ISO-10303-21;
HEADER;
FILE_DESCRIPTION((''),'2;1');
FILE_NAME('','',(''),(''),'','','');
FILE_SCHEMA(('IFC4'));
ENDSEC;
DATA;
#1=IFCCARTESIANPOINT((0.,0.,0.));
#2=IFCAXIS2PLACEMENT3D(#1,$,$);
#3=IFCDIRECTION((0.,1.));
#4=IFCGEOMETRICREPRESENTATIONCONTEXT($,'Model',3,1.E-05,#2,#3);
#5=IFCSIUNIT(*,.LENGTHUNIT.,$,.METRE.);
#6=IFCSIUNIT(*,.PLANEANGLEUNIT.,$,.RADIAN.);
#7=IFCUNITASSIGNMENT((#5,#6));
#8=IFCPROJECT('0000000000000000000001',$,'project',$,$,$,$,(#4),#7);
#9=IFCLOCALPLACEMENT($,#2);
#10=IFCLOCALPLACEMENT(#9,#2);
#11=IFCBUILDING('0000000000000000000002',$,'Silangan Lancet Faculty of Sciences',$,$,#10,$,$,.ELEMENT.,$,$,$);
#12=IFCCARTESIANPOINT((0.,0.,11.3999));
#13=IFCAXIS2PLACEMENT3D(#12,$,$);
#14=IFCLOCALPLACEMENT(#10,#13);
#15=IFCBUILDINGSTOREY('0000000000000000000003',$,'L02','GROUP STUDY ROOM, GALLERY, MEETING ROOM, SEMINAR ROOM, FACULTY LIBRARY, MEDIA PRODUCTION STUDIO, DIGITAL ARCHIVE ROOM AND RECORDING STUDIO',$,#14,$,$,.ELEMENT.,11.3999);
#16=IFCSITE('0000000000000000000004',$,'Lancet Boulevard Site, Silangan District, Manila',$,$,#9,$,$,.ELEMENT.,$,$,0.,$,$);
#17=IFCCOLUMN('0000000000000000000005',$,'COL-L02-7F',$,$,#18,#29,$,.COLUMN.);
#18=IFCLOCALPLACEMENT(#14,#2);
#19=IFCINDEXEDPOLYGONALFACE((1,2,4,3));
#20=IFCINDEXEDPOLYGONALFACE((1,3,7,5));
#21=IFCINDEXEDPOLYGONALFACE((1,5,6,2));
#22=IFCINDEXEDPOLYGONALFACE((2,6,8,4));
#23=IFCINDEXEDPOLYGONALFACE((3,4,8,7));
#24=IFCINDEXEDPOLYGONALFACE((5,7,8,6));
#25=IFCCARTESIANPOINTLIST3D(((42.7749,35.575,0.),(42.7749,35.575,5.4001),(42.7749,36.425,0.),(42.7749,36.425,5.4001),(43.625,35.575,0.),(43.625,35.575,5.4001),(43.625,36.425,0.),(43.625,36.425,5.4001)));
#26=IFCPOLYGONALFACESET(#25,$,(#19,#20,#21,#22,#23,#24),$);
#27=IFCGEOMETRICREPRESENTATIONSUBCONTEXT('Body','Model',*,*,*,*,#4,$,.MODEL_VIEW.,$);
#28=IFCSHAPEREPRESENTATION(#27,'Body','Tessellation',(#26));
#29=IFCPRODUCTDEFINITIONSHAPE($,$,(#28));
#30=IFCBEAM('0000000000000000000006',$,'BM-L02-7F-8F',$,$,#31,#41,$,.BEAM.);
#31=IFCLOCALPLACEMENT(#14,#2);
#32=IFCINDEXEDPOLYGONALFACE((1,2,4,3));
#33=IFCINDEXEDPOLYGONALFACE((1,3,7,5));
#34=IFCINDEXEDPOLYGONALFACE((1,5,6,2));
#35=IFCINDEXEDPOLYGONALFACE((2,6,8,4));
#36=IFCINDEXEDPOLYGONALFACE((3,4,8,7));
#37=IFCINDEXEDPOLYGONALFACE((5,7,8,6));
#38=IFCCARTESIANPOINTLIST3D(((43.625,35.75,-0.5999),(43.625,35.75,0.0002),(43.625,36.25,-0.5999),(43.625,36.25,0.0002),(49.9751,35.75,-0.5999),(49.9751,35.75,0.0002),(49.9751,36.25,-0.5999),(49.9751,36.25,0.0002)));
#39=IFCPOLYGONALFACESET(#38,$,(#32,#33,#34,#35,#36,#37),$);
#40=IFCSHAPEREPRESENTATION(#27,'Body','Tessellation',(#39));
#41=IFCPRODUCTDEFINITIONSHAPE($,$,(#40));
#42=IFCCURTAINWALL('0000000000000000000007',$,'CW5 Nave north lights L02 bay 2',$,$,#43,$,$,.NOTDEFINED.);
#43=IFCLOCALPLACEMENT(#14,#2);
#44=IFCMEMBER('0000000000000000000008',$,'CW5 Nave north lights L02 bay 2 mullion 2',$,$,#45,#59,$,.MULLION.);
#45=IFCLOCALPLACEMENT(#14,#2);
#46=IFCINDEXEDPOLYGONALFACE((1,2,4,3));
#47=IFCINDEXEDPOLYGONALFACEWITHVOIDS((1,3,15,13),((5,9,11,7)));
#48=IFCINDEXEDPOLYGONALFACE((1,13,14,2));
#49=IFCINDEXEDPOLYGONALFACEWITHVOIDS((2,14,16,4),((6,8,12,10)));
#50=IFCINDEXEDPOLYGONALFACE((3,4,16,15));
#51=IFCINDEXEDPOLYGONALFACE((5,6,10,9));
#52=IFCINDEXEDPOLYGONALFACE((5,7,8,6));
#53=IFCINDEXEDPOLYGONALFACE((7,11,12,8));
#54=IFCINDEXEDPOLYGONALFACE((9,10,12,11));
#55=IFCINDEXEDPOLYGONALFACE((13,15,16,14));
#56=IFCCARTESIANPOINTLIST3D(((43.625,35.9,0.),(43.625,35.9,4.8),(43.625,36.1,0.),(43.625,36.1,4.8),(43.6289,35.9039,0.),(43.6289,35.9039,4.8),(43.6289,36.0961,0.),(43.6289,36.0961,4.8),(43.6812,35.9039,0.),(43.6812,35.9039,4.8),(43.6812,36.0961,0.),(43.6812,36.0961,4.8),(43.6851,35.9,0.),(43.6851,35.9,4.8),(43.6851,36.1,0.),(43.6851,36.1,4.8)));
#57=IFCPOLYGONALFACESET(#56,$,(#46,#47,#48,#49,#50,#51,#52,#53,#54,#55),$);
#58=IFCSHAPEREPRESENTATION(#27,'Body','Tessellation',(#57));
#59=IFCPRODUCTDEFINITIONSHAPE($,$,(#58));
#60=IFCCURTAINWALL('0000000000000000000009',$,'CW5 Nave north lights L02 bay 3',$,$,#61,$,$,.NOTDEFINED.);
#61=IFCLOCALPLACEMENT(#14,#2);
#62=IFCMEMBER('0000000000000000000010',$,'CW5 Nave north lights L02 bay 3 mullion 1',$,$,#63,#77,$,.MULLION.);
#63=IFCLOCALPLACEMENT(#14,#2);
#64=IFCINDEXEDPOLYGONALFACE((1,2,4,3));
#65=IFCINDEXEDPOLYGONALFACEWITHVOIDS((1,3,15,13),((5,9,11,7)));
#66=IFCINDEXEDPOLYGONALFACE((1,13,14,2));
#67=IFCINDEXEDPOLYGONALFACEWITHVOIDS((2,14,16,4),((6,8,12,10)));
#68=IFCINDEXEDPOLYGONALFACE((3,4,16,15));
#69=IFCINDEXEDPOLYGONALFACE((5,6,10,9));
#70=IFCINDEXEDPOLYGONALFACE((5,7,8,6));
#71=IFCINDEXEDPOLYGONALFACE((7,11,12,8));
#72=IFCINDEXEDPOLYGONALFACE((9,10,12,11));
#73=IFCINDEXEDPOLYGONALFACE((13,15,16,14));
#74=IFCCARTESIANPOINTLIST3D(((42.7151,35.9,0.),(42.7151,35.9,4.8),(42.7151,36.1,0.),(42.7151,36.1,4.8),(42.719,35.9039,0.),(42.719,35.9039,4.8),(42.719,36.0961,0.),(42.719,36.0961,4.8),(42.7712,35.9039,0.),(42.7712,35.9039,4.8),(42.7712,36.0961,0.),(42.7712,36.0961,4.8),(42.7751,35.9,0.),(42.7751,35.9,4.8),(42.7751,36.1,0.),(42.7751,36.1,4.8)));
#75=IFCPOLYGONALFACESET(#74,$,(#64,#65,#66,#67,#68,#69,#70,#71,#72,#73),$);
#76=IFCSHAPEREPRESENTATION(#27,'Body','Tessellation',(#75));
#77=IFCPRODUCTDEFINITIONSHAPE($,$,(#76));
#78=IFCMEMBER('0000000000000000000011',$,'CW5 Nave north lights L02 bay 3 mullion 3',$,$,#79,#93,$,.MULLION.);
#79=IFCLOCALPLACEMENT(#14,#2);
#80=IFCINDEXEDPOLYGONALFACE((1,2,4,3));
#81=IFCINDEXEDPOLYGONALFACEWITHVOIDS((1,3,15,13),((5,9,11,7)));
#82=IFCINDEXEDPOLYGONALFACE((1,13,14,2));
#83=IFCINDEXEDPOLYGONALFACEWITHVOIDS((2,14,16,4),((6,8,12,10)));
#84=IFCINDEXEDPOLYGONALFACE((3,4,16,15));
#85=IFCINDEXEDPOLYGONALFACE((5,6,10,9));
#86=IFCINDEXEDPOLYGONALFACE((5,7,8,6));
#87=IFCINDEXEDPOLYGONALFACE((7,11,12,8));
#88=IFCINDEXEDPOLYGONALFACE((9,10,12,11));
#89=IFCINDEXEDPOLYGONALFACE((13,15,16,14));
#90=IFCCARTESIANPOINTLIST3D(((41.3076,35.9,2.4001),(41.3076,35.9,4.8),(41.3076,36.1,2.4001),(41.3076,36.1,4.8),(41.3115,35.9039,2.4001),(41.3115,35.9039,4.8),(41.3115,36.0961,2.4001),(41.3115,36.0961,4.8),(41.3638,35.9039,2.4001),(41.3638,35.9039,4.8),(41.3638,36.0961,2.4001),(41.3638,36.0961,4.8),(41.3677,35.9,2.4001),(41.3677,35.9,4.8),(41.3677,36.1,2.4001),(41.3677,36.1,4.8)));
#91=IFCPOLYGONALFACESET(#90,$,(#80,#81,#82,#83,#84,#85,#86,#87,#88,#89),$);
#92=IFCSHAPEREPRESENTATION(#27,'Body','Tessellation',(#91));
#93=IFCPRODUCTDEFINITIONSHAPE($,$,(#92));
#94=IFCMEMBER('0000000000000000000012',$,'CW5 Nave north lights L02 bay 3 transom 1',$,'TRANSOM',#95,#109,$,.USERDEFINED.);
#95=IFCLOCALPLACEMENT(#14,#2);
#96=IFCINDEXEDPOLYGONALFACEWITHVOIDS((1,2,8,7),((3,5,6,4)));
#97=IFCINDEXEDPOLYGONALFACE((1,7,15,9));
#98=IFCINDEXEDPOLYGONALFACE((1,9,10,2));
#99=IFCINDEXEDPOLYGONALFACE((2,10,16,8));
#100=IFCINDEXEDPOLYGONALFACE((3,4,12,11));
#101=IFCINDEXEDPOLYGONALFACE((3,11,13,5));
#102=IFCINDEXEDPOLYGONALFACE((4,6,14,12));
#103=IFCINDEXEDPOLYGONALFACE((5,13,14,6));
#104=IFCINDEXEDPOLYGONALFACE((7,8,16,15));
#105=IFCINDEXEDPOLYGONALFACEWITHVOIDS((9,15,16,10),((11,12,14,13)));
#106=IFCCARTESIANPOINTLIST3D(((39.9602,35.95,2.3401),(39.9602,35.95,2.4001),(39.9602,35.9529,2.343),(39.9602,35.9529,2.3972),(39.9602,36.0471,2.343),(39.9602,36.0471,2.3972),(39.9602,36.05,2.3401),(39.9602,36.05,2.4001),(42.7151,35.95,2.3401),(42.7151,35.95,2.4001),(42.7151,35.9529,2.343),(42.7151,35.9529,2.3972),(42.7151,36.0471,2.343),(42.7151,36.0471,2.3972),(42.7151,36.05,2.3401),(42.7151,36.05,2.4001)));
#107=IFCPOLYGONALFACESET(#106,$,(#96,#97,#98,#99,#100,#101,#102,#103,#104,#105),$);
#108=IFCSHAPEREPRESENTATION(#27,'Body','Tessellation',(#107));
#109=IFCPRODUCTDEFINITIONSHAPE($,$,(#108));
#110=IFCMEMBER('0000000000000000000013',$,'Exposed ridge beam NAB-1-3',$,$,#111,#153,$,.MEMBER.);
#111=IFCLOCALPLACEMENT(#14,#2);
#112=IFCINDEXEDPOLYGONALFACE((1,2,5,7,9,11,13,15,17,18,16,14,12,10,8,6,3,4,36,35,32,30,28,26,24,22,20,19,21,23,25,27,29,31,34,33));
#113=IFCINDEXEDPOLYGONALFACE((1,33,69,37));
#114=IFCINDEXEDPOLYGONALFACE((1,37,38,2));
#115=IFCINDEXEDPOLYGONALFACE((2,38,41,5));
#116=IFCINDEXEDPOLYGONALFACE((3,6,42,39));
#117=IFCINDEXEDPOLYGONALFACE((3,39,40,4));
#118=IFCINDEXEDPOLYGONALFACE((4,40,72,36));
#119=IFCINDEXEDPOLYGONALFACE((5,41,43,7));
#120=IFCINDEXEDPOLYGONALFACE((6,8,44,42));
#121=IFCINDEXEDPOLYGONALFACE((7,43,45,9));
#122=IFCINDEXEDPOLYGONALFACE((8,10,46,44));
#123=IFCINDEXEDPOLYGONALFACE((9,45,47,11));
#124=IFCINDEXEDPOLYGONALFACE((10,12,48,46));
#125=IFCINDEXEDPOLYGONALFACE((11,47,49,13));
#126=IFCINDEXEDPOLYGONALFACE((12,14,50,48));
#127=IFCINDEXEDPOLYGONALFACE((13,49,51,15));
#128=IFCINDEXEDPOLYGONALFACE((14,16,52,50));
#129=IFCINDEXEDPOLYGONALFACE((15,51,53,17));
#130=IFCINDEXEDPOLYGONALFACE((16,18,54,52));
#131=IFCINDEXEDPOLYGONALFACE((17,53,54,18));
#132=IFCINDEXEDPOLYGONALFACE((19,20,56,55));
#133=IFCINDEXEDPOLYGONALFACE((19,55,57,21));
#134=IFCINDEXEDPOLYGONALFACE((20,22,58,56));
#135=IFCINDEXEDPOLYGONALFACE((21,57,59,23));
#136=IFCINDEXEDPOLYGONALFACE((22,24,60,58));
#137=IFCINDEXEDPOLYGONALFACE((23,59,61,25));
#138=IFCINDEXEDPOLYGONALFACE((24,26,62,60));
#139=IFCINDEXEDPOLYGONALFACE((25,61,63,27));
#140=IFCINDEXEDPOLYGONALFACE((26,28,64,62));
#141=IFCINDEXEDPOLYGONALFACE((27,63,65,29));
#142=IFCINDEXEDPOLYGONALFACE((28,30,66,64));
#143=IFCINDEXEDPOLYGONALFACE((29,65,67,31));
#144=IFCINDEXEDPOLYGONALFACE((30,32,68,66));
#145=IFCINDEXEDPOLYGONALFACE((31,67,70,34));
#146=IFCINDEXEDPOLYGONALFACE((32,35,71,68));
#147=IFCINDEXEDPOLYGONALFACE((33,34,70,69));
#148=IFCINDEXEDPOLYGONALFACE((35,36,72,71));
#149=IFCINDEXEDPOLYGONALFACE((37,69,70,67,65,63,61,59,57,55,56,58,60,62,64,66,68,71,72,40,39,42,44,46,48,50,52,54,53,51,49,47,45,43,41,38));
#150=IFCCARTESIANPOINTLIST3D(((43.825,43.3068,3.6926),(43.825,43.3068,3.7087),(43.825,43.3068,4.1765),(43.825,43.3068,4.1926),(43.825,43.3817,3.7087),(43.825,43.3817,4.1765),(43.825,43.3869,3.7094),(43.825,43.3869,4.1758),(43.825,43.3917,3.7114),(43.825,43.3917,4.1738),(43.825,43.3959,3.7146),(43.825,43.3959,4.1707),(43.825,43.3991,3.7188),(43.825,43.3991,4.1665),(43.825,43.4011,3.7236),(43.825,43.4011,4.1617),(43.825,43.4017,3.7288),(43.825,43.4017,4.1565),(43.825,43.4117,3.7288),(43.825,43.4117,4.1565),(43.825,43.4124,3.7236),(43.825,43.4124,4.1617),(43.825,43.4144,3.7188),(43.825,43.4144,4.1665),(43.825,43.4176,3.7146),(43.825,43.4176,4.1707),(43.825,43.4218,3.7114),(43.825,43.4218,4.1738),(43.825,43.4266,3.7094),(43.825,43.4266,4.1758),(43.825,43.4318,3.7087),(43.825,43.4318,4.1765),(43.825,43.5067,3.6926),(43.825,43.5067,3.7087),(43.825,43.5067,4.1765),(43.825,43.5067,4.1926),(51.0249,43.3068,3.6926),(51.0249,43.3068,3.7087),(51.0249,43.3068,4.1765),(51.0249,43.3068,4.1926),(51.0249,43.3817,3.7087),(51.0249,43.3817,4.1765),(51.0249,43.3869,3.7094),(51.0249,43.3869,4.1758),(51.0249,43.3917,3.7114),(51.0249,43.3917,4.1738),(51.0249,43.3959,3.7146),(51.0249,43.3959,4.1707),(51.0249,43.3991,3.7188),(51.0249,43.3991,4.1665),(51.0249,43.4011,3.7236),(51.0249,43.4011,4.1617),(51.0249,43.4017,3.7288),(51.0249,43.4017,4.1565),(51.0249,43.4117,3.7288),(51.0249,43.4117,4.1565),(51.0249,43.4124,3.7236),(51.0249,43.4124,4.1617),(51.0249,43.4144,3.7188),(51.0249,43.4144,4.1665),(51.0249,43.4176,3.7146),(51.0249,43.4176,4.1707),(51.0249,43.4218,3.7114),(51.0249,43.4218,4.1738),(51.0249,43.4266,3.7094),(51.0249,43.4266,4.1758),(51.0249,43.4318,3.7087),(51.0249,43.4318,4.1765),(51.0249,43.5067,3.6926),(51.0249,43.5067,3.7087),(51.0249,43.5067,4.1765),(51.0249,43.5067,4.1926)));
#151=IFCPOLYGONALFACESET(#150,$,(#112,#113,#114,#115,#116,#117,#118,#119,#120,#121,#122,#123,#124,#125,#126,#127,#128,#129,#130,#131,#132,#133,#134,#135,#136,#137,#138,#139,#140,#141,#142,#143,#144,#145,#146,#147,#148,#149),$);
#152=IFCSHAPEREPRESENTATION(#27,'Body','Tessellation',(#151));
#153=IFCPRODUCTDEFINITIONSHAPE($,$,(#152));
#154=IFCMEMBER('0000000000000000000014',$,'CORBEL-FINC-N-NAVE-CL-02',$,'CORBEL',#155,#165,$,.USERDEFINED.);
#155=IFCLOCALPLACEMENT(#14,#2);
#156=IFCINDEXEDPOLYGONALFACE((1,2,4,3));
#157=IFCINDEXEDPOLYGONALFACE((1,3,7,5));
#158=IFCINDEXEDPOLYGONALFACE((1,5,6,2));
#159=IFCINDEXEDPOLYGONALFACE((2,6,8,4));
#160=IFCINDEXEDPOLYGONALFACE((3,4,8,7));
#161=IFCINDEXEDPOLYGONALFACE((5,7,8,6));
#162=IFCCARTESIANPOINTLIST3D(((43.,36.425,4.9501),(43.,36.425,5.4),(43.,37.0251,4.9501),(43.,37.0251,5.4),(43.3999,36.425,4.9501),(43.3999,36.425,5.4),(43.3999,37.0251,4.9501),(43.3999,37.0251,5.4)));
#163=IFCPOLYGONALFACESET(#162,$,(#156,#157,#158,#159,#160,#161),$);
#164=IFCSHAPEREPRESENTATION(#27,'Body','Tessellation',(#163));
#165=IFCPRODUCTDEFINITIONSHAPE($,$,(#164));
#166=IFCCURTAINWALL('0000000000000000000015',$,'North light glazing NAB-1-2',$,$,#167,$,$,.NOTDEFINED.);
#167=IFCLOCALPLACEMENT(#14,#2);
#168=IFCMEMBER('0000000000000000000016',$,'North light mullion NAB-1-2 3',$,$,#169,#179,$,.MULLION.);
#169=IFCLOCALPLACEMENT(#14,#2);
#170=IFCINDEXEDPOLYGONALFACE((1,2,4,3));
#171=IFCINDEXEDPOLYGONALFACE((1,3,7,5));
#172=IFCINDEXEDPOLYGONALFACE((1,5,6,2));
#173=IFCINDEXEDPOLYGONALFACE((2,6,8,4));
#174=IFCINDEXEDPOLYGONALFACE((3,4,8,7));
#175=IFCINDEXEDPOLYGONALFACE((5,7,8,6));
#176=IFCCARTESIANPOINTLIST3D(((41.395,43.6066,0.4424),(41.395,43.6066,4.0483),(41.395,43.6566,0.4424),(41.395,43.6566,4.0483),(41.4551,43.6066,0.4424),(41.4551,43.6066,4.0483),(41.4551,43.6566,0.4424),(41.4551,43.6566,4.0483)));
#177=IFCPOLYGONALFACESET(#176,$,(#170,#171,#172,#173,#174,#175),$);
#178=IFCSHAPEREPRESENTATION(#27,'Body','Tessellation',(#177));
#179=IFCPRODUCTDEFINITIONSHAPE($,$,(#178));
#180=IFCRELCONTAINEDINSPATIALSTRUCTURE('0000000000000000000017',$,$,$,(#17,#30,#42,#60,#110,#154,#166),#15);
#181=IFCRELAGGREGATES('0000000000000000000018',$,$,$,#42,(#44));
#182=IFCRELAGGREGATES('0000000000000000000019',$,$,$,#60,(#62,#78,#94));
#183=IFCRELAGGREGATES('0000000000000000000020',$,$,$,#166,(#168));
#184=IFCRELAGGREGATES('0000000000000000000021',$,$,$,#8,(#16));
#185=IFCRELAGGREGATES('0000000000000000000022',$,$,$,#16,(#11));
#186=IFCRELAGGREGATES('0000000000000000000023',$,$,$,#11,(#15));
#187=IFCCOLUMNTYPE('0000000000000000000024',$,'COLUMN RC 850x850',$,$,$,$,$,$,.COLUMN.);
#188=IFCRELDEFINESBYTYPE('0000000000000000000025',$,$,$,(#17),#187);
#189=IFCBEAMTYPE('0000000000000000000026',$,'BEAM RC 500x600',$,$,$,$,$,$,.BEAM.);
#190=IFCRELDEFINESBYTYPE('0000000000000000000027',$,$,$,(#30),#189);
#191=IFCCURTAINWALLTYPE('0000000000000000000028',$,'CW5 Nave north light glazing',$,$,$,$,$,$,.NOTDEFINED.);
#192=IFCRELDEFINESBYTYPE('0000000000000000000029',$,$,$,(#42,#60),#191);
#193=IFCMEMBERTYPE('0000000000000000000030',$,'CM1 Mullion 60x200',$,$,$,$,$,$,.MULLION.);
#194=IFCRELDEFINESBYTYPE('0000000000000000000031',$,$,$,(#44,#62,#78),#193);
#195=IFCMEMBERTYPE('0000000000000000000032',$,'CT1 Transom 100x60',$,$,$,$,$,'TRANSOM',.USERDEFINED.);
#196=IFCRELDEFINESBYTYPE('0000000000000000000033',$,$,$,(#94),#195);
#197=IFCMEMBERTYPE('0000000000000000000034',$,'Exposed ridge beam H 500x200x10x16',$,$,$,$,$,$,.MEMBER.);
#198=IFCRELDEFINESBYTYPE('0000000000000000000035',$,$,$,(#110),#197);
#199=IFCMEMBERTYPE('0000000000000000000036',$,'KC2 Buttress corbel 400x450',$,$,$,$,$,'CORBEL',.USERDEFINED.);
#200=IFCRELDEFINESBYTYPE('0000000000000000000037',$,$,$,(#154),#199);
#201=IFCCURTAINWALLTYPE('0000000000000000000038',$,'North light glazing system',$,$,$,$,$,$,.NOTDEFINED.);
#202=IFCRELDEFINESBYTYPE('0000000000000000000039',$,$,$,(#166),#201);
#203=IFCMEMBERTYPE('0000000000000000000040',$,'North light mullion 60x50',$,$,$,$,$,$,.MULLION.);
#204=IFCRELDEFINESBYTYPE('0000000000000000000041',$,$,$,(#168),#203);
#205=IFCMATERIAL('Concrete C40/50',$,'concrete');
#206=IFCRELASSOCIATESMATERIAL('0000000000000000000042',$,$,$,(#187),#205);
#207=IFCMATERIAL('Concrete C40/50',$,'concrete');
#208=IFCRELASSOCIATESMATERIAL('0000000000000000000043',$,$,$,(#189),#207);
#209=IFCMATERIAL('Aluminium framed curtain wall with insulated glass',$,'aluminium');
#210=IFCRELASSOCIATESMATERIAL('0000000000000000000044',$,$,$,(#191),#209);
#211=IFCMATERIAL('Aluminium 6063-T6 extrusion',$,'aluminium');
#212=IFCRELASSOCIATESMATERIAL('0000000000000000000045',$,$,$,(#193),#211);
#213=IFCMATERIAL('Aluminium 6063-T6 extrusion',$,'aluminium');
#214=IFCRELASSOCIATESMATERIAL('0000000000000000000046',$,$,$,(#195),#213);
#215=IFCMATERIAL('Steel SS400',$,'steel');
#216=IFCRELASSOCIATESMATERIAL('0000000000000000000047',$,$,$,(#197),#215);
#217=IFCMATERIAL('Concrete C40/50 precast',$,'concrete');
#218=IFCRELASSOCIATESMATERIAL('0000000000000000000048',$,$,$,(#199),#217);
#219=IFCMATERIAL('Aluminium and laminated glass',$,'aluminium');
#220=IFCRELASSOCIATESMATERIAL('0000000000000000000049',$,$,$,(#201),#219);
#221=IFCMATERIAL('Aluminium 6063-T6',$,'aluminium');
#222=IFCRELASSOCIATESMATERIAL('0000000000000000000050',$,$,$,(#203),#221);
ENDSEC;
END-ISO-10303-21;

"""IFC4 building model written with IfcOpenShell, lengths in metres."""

from ifc_helpers import new_model, si_unit, direction, frame, origin, origin_2d, place, context, subcontext, project, spatial, rectangle, hollow_rectangle, i_section, extrude, material, material_profile, profile_set, type_object, element, aggregate, save


model = new_model("IFC4")

# Units and contexts
model_context = context("Model", 3, precision=1e-05, world=origin(), true_north=direction((0.0, 1.0)))
body_context = subcontext(model_context, "Body", "Model", "MODEL_VIEW")
ifc_project = project(units=[si_unit("LENGTHUNIT", "METRE"), si_unit("PLANEANGLEUNIT", "RADIAN")], contexts=[model_context])

# Site, building, storey
site_placement = place(None, origin())
site = spatial("IfcSite", under=ifc_project, at=site_placement, Name="Lancet Boulevard Site, Silangan District, Manila", CompositionType="ELEMENT", RefElevation=0.0)
building_placement = place(site_placement, origin())
building = spatial("IfcBuilding", under=site, at=building_placement, Name="Silangan Lancet Faculty of Sciences", CompositionType="ELEMENT")
storey_placement = place(building_placement, frame((0.0, 0.0, 11.3999)))
storey = spatial("IfcBuildingStorey", under=building, at=storey_placement, Name="L02", Description="GROUP STUDY ROOM, GALLERY, MEETING ROOM, SEMINAR ROOM, FACULTY LIBRARY, MEDIA PRODUCTION STUDIO, DIGITAL ARCHIVE ROOM AND RECORDING STUDIO", CompositionType="ELEMENT", Elevation=11.3999)

# Column
ifc_material_1 = material(Name="Concrete C40/50", Category="concrete")
ifc_material_profile_1 = material_profile(ifc_material_1, rectangle(XDim=0.8501, YDim=0.8501, at=origin_2d()), Name="RC 850x850")
ifc_profile_set_1 = profile_set([ifc_material_profile_1], Name="Concrete C40/50")
column_type = type_object("IfcColumnType", Name="COLUMN RC 850x850", PredefinedType="COLUMN", material=ifc_profile_set_1)
column_placement = place(storey_placement, frame((43.2, 36.0, 0.0), z_axis=(0.0, 0.0, 1.0), x_axis=(1.0, 0.0, 0.0)))
element("IfcColumn", 1, at=column_placement, inside=storey, type_object=column_type, Name="COL-L02-7F", PredefinedType="COLUMN", context=body_context, shape_type="SweptSolid", body=[
    extrude(rectangle(XDim=0.8501, YDim=0.8501, at=origin_2d()), origin(), (0.0, 0.0, 1.0), 5.4001),
])

# Beam
ifc_material_2 = material(Name="Concrete C40/50", Category="concrete")
ifc_material_profile_2 = material_profile(ifc_material_2, rectangle(XDim=0.5, YDim=0.6001, at=origin_2d()), Name="RC 500x600")
ifc_profile_set_2 = profile_set([ifc_material_profile_2], Name="Concrete C40/50")
beam_type = type_object("IfcBeamType", Name="BEAM RC 500x600", PredefinedType="BEAM", material=ifc_profile_set_2)
beam_placement = place(storey_placement, frame((43.625, 36.0, -0.2998), z_axis=(1.0, 0.0, 0.0), x_axis=(0.0, 1.0, 0.0)))
element("IfcBeam", 2, at=beam_placement, inside=storey, type_object=beam_type, Name="BM-L02-7F-8F", PredefinedType="BEAM", context=body_context, shape_type="SweptSolid", body=[
    extrude(rectangle(XDim=0.5, YDim=0.6001, at=origin_2d()), origin(), (0.0, 0.0, 1.0), 6.3501),
])

# Curtain wall, member
ifc_material_3 = material(Name="Aluminium framed curtain wall with insulated glass", Category="aluminium")
curtain_wall_type_1 = type_object("IfcCurtainWallType", Name="CW5 Nave north light glazing", PredefinedType="NOTDEFINED", material=ifc_material_3)
curtain_wall_1_placement = place(storey_placement, origin())
curtain_wall_1 = element("IfcCurtainWall", 3, at=curtain_wall_1_placement, inside=storey, type_object=curtain_wall_type_1, Name="CW5 Nave north lights L02 bay 2", PredefinedType="NOTDEFINED")
ifc_material_4 = material(Name="Aluminium 6063-T6 extrusion", Category="aluminium")
ifc_material_profile_3 = material_profile(ifc_material_4, hollow_rectangle(XDim=0.0601, YDim=0.2, WallThickness=0.0039, at=origin_2d()), Name="AL BOX 60x200x4")
ifc_profile_set_3 = profile_set([ifc_material_profile_3], Name="Aluminium 6063-T6 extrusion")
member_type_1 = type_object("IfcMemberType", Name="CM1 Mullion 60x200", PredefinedType="MULLION", material=ifc_profile_set_3)
member_1_placement = place(storey_placement, frame((43.655, 36.0, 0.0), z_axis=(0.0, 0.0, 1.0), x_axis=(-1.0, 0.0, 0.0)))
member_1 = element("IfcMember", 4, at=member_1_placement, type_object=member_type_1, Name="CW5 Nave north lights L02 bay 2 mullion 2", PredefinedType="MULLION", context=body_context, shape_type="SweptSolid", body=[
    extrude(hollow_rectangle(XDim=0.0601, YDim=0.2, WallThickness=0.0039, at=origin_2d()), origin(), (0.0, 0.0, 1.0), 4.8),
])
aggregate(curtain_wall_1, [member_1])

# Curtain wall, members
curtain_wall_2_placement = place(storey_placement, origin())
curtain_wall_2 = element("IfcCurtainWall", 5, at=curtain_wall_2_placement, inside=storey, type_object=curtain_wall_type_1, Name="CW5 Nave north lights L02 bay 3", PredefinedType="NOTDEFINED")
member_2_placement = place(storey_placement, frame((42.7451, 36.0, 0.0), z_axis=(0.0, 0.0, 1.0), x_axis=(-1.0, 0.0, 0.0)))
member_2 = element("IfcMember", 6, at=member_2_placement, type_object=member_type_1, Name="CW5 Nave north lights L02 bay 3 mullion 1", PredefinedType="MULLION", context=body_context, shape_type="SweptSolid", body=[
    extrude(hollow_rectangle(XDim=0.0601, YDim=0.2, WallThickness=0.0039, at=origin_2d()), origin(), (0.0, 0.0, 1.0), 4.8),
])
member_3_placement = place(storey_placement, frame((41.3376, 36.0, 2.4001), z_axis=(0.0, 0.0, 1.0), x_axis=(-1.0, 0.0, 0.0)))
member_3 = element("IfcMember", 7, at=member_3_placement, type_object=member_type_1, Name="CW5 Nave north lights L02 bay 3 mullion 3", PredefinedType="MULLION", context=body_context, shape_type="SweptSolid", body=[
    extrude(hollow_rectangle(XDim=0.0601, YDim=0.2, WallThickness=0.0039, at=origin_2d()), origin(), (0.0, 0.0, 1.0), 2.3999),
])
ifc_material_5 = material(Name="Aluminium 6063-T6 extrusion", Category="aluminium")
ifc_material_profile_4 = material_profile(ifc_material_5, hollow_rectangle(XDim=0.1001, YDim=0.0601, WallThickness=0.0029, at=origin_2d()), Name="AL BOX 100x60x3")
ifc_profile_set_4 = profile_set([ifc_material_profile_4], Name="Aluminium 6063-T6 extrusion")
member_type_2 = type_object("IfcMemberType", Name="CT1 Transom 100x60", ElementType="TRANSOM", PredefinedType="USERDEFINED", material=ifc_profile_set_4)
member_4_placement = place(storey_placement, frame((42.7151, 36.0, 2.3701), z_axis=(-1.0, 0.0, 0.0), x_axis=(0.0, -1.0, 0.0)))
member_4 = element("IfcMember", 8, at=member_4_placement, type_object=member_type_2, Name="CW5 Nave north lights L02 bay 3 transom 1", ObjectType="TRANSOM", PredefinedType="USERDEFINED", context=body_context, shape_type="SweptSolid", body=[
    extrude(hollow_rectangle(XDim=0.1001, YDim=0.0601, WallThickness=0.0029, at=origin_2d()), origin(), (0.0, 0.0, 1.0), 2.7549),
])

# Members
ifc_material_6 = material(Name="Steel SS400", Category="steel")
ifc_material_profile_5 = material_profile(ifc_material_6, i_section(OverallWidth=0.2, OverallDepth=0.5, WebThickness=0.01, FlangeThickness=0.0161, FilletRadius=0.02, at=origin_2d()), Name="H 500x200x10x16")
ifc_profile_set_5 = profile_set([ifc_material_profile_5], Name="Steel SS400")
member_type_3 = type_object("IfcMemberType", Name="Exposed ridge beam H 500x200x10x16", PredefinedType="MEMBER", material=ifc_profile_set_5)
member_5_placement = place(storey_placement, frame((43.825, 43.4067, 3.9426), z_axis=(1.0, 0.0, 0.0), x_axis=(0.0, 1.0, 0.0)))
element("IfcMember", 9, at=member_5_placement, inside=storey, type_object=member_type_3, Name="Exposed ridge beam NAB-1-3", PredefinedType="MEMBER", context=body_context, shape_type="SweptSolid", body=[
    extrude(i_section(OverallWidth=0.2, OverallDepth=0.5, WebThickness=0.01, FlangeThickness=0.0161, FilletRadius=0.02, at=origin_2d()), origin(), (0.0, 0.0, 1.0), 7.2),
])
ifc_material_7 = material(Name="Concrete C40/50 precast", Category="concrete")
ifc_material_profile_6 = material_profile(ifc_material_7, rectangle(XDim=0.3999, YDim=0.45, at=origin_2d()), Name="RC 400x450")
ifc_profile_set_6 = profile_set([ifc_material_profile_6], Name="Concrete C40/50 precast")
member_type_4 = type_object("IfcMemberType", Name="KC2 Buttress corbel 400x450", ElementType="CORBEL", PredefinedType="USERDEFINED", material=ifc_profile_set_6)
member_6_placement = place(storey_placement, frame((43.2, 36.425, 5.175), z_axis=(0.0, 1.0, 0.0), x_axis=(-1.0, 0.0, 0.0)))
element("IfcMember", 10, at=member_6_placement, inside=storey, type_object=member_type_4, Name="CORBEL-FINC-N-NAVE-CL-02", ObjectType="CORBEL", PredefinedType="USERDEFINED", context=body_context, shape_type="SweptSolid", body=[
    extrude(rectangle(XDim=0.3999, YDim=0.45, at=origin_2d()), origin(), (0.0, 0.0, 1.0), 0.6001),
])

# Curtain wall, member
ifc_material_8 = material(Name="Aluminium and laminated glass", Category="aluminium")
curtain_wall_type_2 = type_object("IfcCurtainWallType", Name="North light glazing system", PredefinedType="NOTDEFINED", material=ifc_material_8)
curtain_wall_3_placement = place(storey_placement, origin())
curtain_wall_3 = element("IfcCurtainWall", 11, at=curtain_wall_3_placement, inside=storey, type_object=curtain_wall_type_2, Name="North light glazing NAB-1-2", PredefinedType="NOTDEFINED")
ifc_material_9 = material(Name="Aluminium 6063-T6", Category="aluminium")
ifc_material_profile_7 = material_profile(ifc_material_9, rectangle(XDim=0.0601, YDim=0.05, at=origin_2d()), Name="AL 60x50")
ifc_profile_set_7 = profile_set([ifc_material_profile_7], Name="Aluminium 6063-T6")
member_type_5 = type_object("IfcMemberType", Name="North light mullion 60x50", PredefinedType="MULLION", material=ifc_profile_set_7)
member_7_placement = place(storey_placement, frame((41.425, 43.6316, 0.4424), z_axis=(0.0, 0.0, 1.0), x_axis=(1.0, 0.0, 0.0)))
member_7 = element("IfcMember", 12, at=member_7_placement, type_object=member_type_5, Name="North light mullion NAB-1-2 3", PredefinedType="MULLION", context=body_context, shape_type="SweptSolid", body=[
    extrude(rectangle(XDim=0.0601, YDim=0.05, at=origin_2d()), origin(), (0.0, 0.0, 1.0), 3.606),
])

aggregate(curtain_wall_2, [member_2, member_3, member_4])
aggregate(curtain_wall_3, [member_7])

save(model, "model.ifc")
